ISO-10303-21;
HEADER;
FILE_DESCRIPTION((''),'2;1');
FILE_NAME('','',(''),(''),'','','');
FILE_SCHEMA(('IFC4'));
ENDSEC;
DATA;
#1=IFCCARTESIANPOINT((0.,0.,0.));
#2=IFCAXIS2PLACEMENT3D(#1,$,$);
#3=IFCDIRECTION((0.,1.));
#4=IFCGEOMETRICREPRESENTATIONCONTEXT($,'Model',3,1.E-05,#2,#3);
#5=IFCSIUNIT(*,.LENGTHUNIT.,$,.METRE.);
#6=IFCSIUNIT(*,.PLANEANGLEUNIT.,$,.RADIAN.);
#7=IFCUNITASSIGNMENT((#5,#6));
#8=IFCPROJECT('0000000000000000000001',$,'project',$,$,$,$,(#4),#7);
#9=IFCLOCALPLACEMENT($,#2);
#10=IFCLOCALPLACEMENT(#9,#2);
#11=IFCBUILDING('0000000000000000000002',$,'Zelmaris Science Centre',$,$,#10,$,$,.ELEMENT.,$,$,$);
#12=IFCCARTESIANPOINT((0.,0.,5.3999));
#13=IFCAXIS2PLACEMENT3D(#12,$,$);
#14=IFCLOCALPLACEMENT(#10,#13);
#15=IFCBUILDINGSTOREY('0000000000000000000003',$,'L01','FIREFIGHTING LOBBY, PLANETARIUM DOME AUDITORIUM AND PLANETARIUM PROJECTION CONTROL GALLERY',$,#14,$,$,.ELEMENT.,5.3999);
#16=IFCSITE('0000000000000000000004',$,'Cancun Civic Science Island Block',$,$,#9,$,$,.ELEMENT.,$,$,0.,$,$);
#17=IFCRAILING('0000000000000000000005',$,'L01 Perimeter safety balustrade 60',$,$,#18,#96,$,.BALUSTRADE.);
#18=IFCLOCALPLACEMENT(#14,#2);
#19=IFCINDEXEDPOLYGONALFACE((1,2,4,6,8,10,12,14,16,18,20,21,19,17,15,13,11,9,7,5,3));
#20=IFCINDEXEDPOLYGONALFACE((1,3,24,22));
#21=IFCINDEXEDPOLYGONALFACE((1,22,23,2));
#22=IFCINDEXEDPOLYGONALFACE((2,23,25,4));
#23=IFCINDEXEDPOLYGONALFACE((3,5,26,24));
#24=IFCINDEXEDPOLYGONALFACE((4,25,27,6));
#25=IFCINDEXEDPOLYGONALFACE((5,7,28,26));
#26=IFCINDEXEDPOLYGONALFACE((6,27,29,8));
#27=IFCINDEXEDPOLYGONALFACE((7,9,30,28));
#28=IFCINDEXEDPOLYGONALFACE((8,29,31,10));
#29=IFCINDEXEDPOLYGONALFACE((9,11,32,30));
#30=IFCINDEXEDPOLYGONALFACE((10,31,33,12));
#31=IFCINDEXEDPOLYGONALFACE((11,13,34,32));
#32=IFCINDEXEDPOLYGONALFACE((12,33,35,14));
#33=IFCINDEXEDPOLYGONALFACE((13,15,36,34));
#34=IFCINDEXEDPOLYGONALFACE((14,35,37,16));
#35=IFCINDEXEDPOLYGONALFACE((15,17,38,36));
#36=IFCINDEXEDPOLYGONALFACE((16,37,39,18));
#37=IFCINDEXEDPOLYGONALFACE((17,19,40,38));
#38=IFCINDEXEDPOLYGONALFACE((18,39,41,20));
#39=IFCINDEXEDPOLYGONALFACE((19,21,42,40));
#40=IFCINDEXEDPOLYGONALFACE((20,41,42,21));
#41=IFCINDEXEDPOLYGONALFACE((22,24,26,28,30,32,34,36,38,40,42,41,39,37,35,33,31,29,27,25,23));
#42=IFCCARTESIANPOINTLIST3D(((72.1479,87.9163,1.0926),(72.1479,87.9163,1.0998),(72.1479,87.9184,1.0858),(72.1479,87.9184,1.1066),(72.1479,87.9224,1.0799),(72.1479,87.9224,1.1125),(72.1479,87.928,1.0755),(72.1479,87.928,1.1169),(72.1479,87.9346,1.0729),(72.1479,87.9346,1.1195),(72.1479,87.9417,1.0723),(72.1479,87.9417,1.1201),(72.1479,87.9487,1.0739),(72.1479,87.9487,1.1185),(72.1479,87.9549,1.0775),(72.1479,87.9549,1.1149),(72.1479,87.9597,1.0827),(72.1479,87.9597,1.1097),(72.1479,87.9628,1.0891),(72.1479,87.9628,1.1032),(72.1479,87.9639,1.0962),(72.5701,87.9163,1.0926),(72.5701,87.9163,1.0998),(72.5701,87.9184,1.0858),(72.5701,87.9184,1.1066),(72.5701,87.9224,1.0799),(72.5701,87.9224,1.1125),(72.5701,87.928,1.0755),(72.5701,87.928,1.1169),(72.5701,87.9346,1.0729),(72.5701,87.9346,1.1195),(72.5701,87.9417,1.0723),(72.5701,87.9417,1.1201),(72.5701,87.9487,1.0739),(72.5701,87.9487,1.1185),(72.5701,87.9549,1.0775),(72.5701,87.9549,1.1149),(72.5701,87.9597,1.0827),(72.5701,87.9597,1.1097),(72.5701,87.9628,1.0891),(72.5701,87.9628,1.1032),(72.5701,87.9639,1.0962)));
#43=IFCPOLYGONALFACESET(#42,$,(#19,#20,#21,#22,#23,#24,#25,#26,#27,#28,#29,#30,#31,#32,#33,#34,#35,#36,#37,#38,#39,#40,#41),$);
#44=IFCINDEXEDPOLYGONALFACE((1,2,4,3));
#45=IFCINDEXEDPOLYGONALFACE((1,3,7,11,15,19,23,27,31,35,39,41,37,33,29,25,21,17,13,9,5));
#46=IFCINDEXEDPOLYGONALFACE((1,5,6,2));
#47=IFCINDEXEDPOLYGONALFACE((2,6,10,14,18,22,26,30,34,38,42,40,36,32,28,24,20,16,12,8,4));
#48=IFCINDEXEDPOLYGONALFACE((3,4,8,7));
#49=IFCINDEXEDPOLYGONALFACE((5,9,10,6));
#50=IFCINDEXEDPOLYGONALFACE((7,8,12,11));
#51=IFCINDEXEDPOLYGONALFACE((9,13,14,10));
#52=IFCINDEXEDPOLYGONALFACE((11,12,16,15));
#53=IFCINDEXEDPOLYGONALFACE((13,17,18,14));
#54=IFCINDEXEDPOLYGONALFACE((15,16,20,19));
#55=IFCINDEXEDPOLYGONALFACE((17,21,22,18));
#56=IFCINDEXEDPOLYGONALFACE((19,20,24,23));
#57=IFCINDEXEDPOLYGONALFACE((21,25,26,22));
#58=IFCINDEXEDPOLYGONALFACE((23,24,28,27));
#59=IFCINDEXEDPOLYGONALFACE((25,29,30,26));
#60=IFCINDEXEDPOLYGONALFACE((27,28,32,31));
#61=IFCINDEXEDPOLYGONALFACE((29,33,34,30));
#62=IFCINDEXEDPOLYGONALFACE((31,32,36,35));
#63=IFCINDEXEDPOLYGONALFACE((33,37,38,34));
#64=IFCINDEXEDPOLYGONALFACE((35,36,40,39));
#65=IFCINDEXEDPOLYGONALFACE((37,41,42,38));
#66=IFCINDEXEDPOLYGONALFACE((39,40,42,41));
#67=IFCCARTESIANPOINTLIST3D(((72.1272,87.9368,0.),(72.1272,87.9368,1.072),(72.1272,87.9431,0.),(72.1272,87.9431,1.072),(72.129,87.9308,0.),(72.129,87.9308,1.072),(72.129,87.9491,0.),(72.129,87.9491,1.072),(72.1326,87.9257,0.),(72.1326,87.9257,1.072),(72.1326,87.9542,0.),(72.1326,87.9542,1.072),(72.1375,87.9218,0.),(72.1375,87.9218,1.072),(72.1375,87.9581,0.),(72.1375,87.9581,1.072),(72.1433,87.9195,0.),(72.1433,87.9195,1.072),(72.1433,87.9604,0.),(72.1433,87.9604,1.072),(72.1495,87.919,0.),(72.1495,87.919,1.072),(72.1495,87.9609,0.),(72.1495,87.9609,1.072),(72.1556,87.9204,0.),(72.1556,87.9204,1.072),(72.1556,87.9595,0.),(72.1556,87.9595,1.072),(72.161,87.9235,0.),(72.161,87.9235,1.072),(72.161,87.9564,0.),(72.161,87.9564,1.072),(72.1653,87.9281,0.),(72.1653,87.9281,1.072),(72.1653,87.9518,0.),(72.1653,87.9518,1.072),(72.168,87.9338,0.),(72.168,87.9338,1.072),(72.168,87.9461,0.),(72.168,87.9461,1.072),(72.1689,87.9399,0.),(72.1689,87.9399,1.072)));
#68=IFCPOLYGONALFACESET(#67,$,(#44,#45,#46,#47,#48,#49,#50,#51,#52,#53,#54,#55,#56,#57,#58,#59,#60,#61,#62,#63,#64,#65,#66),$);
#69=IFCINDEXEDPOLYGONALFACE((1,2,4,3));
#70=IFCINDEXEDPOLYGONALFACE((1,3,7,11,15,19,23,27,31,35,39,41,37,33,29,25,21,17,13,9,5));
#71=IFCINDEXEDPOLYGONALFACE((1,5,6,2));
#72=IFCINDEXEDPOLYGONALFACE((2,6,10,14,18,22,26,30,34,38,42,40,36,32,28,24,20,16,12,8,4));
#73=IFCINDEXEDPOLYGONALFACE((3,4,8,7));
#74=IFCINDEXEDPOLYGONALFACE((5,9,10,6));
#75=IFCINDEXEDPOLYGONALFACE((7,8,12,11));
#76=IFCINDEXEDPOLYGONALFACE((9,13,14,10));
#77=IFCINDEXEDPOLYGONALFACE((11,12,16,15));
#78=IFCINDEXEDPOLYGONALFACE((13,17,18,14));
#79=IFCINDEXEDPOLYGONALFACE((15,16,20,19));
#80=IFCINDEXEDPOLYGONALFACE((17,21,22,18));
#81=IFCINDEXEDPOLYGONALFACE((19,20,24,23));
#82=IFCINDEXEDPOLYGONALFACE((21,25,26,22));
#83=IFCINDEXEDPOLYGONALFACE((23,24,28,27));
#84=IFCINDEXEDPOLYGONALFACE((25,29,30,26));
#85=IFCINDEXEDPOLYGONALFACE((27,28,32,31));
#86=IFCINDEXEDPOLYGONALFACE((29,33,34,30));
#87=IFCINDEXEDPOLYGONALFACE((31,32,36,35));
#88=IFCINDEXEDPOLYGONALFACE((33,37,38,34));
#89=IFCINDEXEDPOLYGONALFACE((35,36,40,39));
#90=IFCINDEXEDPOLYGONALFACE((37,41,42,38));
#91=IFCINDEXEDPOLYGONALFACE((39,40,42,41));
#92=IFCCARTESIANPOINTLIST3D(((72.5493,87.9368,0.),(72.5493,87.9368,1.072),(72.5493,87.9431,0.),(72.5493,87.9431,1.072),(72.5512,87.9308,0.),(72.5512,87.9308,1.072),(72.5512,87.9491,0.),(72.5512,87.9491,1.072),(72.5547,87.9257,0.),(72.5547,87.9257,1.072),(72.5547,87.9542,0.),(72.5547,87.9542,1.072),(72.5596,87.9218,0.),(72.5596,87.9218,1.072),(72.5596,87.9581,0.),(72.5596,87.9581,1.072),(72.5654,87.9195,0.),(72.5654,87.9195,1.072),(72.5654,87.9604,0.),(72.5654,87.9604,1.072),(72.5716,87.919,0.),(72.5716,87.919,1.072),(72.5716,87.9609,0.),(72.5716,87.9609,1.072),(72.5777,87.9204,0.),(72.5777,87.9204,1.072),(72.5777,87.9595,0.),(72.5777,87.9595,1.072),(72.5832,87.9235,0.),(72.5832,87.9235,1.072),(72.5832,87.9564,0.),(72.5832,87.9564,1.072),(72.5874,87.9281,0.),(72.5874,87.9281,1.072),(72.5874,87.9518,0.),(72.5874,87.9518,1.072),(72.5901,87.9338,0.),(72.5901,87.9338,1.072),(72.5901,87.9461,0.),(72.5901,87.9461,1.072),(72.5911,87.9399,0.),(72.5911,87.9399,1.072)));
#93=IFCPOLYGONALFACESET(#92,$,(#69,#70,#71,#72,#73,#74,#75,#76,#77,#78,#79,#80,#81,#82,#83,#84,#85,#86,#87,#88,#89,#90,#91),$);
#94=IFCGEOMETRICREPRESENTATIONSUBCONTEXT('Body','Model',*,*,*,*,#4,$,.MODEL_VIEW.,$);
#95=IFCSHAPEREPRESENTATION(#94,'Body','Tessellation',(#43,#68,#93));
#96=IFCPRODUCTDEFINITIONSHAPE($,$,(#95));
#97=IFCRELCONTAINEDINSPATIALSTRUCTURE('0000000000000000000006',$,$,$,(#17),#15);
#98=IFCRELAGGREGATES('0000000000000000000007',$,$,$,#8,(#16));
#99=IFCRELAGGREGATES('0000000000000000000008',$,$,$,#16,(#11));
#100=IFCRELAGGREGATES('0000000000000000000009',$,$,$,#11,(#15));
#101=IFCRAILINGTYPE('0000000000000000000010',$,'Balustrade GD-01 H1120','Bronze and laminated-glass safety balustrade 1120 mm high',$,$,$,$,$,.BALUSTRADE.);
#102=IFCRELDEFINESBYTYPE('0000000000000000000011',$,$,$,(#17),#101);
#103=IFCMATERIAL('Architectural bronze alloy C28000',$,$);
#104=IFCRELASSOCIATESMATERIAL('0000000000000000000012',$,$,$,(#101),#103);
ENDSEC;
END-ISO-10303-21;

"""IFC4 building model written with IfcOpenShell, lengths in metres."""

from ifc_helpers import new_model, si_unit, direction, frame, origin, origin_2d, place, context, subcontext, project, spatial, circle, extrude, material, type_object, element, save


model = new_model("IFC4")

# Units and contexts
model_context = context("Model", 3, precision=1e-05, world=origin(), true_north=direction((0.0, 1.0)))
body_context = subcontext(model_context, "Body", "Model", "MODEL_VIEW")
ifc_project = project(units=[si_unit("LENGTHUNIT", "METRE"), si_unit("PLANEANGLEUNIT", "RADIAN")], contexts=[model_context])

# Site, building, storey
site_placement = place(None, origin())
site = spatial("IfcSite", under=ifc_project, at=site_placement, Name="Cancun Civic Science Island Block", CompositionType="ELEMENT", RefElevation=0.0)
building_placement = place(site_placement, origin())
building = spatial("IfcBuilding", under=site, at=building_placement, Name="Zelmaris Science Centre", CompositionType="ELEMENT")
storey_placement = place(building_placement, frame((0.0, 0.0, 5.3999)))
storey = spatial("IfcBuildingStorey", under=building, at=storey_placement, Name="L01", Description="FIREFIGHTING LOBBY, PLANETARIUM DOME AUDITORIUM AND PLANETARIUM PROJECTION CONTROL GALLERY", CompositionType="ELEMENT", Elevation=5.3999)

# Railing
ifc_material_1 = material(Name="Architectural bronze alloy C28000")
railing_type = type_object("IfcRailingType", Name="Balustrade GD-01 H1120", Description="Bronze and laminated-glass safety balustrade 1120 mm high", PredefinedType="BALUSTRADE", material=ifc_material_1)
railing_1_placement = place(storey_placement, frame((72.1479, 87.9399, 0.0)))
element("IfcRailing", 1, at=railing_1_placement, inside=storey, type_object=railing_type, Name="L01 Perimeter safety balustrade 60", PredefinedType="BALUSTRADE", context=body_context, shape_type="SweptSolid", body=[
    extrude(circle(Radius=0.0239, at=origin_2d()), frame((0.0, 0.0, 1.0962), z_axis=(1.0, 0.0, 0.0), x_axis=(0.0, 1.0, 0.0)), (0.0, 0.0, 1.0), 0.4221),
    extrude(circle(Radius=0.021, at=origin_2d()), origin(), (0.0, 0.0, 1.0), 1.072),
    extrude(circle(Radius=0.021, at=origin_2d()), frame((0.4221, 0.0, 0.0)), (0.0, 0.0, 1.0), 1.072),
])

save(model, "model.ifc")
